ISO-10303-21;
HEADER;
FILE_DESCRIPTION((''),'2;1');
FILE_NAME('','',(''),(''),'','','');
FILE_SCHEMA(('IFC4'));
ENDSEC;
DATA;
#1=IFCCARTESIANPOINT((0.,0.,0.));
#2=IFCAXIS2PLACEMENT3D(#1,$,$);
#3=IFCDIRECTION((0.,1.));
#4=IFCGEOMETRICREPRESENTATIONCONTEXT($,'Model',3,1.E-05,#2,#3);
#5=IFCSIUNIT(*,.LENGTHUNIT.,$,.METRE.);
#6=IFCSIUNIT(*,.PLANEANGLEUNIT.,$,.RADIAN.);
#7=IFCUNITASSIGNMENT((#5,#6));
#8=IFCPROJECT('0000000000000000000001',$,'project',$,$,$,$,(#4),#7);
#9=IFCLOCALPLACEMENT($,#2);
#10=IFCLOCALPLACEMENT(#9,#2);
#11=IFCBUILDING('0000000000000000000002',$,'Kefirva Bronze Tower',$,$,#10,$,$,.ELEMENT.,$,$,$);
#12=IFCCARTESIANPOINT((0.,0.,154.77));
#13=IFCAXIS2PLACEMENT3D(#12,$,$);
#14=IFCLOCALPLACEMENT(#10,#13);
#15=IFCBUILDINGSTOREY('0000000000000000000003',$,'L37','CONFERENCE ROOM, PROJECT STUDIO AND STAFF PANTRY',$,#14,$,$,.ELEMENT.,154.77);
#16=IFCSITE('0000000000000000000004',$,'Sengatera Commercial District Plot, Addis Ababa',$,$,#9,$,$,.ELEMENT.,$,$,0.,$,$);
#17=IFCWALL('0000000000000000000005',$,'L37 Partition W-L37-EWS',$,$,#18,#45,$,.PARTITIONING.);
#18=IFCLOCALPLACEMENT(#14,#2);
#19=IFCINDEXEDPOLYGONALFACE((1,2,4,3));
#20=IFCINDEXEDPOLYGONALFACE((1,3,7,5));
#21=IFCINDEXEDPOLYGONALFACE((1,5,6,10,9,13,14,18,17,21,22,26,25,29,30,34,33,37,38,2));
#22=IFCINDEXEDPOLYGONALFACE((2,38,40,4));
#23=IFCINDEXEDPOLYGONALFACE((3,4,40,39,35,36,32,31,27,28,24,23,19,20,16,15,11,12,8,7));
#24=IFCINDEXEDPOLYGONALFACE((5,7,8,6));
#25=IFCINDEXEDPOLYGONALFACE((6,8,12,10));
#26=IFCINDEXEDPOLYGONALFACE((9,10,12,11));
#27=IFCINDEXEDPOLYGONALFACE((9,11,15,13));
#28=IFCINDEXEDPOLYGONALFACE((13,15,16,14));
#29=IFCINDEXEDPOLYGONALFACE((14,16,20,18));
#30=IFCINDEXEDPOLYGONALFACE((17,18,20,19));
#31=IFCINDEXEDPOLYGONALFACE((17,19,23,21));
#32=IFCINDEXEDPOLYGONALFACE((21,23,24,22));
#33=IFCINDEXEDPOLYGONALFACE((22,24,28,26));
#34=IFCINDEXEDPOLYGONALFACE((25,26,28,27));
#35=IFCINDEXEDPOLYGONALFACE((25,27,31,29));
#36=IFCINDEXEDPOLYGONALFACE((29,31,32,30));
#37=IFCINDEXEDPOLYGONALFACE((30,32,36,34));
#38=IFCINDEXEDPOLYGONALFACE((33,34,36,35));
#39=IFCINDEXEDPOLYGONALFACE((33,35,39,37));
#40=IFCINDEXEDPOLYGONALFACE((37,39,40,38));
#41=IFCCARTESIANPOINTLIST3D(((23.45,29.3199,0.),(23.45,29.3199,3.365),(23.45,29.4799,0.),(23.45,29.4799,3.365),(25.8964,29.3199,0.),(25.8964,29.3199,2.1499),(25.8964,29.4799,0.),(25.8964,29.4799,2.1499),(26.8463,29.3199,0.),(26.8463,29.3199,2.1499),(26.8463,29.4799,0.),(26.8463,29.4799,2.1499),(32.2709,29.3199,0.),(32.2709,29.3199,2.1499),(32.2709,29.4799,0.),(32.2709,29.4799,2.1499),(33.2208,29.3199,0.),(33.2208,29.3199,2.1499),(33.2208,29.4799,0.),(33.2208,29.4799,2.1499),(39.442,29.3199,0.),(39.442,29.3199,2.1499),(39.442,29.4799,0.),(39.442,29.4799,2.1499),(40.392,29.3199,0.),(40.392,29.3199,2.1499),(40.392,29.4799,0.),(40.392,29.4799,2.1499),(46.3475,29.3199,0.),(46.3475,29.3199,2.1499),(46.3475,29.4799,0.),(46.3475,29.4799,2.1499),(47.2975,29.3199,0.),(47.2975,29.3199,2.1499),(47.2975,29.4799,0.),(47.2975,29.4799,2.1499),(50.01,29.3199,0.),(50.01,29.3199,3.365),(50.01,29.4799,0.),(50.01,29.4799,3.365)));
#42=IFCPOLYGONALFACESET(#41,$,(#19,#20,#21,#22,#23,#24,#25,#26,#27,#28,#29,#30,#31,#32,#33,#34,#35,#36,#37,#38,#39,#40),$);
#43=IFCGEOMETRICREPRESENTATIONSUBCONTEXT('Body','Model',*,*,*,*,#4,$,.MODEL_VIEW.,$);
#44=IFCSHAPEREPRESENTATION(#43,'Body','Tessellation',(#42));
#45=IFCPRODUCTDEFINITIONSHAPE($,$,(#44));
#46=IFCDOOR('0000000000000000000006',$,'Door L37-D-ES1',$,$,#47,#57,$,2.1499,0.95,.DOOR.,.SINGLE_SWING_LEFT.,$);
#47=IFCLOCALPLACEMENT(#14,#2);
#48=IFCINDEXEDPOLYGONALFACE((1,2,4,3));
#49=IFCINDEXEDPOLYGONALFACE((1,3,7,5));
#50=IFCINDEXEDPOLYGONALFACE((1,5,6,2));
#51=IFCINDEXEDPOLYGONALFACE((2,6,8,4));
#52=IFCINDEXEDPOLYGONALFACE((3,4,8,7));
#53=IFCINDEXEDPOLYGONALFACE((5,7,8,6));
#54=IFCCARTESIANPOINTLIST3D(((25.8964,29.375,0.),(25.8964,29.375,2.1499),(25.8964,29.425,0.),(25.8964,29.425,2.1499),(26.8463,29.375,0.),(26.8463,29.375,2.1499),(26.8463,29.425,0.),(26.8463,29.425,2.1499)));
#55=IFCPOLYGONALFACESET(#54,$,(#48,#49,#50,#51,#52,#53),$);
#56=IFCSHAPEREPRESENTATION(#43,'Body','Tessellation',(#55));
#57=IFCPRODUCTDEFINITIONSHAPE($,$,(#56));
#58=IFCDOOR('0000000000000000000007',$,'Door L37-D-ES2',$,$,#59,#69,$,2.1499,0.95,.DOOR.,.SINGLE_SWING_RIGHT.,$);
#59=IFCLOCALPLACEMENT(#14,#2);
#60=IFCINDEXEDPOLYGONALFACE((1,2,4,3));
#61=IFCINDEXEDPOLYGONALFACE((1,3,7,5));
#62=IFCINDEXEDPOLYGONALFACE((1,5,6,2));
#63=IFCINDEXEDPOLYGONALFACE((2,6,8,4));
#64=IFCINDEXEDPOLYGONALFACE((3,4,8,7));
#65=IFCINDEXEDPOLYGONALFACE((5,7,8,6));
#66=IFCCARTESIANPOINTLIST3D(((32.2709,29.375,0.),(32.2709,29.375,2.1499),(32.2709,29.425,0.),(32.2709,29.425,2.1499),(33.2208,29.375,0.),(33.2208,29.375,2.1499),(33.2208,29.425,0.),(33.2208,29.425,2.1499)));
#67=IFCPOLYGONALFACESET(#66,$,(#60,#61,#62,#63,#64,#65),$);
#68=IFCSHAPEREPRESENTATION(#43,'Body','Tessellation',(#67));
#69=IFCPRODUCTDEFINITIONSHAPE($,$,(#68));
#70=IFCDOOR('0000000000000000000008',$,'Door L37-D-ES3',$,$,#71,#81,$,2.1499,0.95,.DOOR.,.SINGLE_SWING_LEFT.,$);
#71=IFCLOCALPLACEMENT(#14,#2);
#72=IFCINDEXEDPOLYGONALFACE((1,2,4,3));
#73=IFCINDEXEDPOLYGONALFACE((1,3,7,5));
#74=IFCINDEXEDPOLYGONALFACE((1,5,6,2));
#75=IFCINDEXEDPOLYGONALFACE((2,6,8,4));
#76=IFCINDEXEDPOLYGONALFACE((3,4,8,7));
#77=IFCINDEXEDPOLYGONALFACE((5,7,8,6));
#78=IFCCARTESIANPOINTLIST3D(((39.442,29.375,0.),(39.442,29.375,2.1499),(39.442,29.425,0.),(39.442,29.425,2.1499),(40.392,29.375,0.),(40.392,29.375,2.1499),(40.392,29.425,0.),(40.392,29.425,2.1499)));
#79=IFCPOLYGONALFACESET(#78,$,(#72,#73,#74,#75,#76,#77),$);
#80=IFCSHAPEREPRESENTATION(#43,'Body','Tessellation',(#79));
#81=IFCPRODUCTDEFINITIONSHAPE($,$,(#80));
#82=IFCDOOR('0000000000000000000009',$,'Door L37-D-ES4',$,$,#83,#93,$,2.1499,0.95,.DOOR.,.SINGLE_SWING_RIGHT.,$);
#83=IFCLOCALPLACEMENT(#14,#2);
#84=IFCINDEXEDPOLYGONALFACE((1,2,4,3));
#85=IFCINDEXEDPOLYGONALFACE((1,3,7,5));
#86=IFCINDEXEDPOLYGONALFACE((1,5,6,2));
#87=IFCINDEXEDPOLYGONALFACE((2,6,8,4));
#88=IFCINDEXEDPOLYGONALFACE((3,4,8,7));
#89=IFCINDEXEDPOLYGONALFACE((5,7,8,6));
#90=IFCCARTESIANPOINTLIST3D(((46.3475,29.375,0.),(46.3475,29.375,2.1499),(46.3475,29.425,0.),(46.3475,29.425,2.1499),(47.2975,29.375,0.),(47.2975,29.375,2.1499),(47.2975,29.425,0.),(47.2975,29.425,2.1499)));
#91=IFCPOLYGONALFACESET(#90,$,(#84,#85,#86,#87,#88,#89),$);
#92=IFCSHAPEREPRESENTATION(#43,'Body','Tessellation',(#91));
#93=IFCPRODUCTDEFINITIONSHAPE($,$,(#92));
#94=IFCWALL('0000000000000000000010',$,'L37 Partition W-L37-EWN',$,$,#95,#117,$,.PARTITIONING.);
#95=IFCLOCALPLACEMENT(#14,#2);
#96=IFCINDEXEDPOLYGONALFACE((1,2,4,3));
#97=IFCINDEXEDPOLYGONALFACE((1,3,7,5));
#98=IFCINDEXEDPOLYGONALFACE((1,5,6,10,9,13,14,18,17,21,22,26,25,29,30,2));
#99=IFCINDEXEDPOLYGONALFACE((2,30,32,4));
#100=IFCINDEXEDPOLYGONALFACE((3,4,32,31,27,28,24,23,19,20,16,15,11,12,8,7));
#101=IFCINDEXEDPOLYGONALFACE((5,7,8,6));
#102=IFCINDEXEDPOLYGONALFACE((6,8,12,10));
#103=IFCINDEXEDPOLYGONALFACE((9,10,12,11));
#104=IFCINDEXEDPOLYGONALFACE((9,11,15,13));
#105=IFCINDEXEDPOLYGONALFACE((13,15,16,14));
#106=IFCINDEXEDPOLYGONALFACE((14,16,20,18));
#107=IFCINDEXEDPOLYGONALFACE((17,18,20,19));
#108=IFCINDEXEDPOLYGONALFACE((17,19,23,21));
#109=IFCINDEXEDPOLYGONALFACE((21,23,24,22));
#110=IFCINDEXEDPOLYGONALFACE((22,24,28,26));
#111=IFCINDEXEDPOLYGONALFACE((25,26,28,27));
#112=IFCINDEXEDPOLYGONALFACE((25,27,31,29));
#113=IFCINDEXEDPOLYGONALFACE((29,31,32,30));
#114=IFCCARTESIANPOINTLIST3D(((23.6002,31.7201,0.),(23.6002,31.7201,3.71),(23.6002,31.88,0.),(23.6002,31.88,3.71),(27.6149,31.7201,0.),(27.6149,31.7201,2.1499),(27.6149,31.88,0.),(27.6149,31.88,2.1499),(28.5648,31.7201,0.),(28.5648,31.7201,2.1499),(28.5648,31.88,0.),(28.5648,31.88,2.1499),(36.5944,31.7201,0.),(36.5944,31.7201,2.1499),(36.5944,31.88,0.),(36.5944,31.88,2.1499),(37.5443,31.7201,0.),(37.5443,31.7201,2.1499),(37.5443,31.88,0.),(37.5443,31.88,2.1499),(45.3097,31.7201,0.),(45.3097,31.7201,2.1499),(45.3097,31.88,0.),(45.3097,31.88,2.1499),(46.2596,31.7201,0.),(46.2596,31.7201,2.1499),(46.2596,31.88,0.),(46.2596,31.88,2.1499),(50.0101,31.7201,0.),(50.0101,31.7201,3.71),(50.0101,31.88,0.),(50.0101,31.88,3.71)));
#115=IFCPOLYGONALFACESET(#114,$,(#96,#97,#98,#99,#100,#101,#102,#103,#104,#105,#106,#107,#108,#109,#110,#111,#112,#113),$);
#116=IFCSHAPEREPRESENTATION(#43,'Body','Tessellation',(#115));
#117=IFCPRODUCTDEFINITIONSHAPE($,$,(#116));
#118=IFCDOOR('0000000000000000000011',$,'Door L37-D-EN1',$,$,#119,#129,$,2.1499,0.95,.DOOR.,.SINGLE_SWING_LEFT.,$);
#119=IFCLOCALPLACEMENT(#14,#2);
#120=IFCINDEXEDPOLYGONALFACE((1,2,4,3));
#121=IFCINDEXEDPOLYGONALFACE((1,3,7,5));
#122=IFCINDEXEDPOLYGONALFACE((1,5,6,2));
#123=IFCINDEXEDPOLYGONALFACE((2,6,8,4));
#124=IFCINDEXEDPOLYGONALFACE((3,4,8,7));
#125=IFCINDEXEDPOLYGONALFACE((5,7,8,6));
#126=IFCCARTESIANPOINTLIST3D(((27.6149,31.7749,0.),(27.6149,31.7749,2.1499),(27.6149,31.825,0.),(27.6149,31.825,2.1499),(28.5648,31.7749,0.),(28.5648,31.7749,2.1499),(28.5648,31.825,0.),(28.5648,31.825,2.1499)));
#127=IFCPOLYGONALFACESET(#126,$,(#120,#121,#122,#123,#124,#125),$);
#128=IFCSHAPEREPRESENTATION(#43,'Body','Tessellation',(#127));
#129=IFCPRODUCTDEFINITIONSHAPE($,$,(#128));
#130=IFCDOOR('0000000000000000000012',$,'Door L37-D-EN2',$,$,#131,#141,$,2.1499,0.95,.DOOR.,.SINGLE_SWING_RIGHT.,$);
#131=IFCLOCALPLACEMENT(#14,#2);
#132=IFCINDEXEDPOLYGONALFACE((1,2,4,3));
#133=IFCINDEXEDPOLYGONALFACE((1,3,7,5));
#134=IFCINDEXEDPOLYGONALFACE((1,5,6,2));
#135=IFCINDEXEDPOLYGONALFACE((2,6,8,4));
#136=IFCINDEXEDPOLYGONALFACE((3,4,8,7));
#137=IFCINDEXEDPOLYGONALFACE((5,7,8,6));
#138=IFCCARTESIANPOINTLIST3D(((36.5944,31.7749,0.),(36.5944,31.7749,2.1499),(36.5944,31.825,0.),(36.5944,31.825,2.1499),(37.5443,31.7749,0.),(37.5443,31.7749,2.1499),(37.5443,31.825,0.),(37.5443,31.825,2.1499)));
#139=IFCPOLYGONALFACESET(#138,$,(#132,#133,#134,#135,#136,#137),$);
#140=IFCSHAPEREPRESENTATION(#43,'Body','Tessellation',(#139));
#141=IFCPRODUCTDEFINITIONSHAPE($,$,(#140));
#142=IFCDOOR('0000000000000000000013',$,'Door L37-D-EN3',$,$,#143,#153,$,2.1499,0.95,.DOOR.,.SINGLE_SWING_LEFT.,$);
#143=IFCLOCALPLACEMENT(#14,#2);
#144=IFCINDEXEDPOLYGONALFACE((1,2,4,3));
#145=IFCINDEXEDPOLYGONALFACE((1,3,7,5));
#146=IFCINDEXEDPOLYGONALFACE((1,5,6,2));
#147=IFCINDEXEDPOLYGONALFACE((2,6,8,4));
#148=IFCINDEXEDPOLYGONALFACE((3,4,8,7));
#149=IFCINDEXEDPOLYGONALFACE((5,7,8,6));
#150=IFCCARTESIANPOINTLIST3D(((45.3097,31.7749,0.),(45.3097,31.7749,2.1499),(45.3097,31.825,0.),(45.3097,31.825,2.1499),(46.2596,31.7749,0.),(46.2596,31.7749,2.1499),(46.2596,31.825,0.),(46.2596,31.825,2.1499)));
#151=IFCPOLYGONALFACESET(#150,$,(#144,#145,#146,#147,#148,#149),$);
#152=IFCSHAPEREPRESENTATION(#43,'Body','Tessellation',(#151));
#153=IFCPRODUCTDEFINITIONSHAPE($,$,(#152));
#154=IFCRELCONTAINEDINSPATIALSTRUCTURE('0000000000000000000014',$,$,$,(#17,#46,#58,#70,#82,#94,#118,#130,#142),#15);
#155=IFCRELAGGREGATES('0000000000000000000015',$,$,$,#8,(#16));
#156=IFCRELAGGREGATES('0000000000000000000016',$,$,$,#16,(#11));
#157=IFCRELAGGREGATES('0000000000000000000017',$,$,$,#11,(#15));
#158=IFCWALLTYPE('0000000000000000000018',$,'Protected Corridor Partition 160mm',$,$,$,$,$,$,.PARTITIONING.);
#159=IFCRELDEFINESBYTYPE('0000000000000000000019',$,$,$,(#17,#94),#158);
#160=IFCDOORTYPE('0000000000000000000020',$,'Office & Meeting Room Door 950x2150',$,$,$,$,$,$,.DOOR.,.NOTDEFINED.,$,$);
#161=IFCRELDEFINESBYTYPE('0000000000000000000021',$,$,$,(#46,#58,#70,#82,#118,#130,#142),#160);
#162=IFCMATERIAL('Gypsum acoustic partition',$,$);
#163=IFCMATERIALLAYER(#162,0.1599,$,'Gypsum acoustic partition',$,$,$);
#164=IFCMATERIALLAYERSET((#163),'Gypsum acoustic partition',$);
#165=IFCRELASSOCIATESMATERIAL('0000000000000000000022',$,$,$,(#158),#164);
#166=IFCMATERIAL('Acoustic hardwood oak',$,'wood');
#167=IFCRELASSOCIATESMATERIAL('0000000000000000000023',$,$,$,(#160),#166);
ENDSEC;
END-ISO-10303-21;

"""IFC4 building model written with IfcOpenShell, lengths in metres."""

from ifc_helpers import new_model, si_unit, direction, frame, frame_2d, origin, place, context, subcontext, project, spatial, rectangle, extrude, material, layer, layer_set, type_object, element, fill, save


model = new_model("IFC4")

# Units and contexts
model_context = context("Model", 3, precision=1e-05, world=origin(), true_north=direction((0.0, 1.0)))
body_context = subcontext(model_context, "Body", "Model", "MODEL_VIEW")
ifc_project = project(units=[si_unit("LENGTHUNIT", "METRE"), si_unit("PLANEANGLEUNIT", "RADIAN")], contexts=[model_context])

# Site, building, storey
site_placement = place(None, origin())
site = spatial("IfcSite", under=ifc_project, at=site_placement, Name="Sengatera Commercial District Plot, Addis Ababa", CompositionType="ELEMENT", RefElevation=0.0)
building_placement = place(site_placement, origin())
building = spatial("IfcBuilding", under=site, at=building_placement, Name="Kefirva Bronze Tower", CompositionType="ELEMENT")
storey_placement = place(building_placement, frame((0.0, 0.0, 154.77)))
storey = spatial("IfcBuildingStorey", under=building, at=storey_placement, Name="L37", Description="CONFERENCE ROOM, PROJECT STUDIO AND STAFF PANTRY", CompositionType="ELEMENT", Elevation=154.77)

# Walls, openings, doors
ifc_material_1 = material(Name="Gypsum acoustic partition")
ifc_layer_1 = layer(ifc_material_1, 0.1599, Name="Gypsum acoustic partition")
ifc_layer_set_1 = layer_set([ifc_layer_1], Name="Gypsum acoustic partition")
wall_type_1 = type_object("IfcWallType", Name="Protected Corridor Partition 160mm", PredefinedType="PARTITIONING", material=ifc_layer_set_1)
wall_1_placement = place(storey_placement, frame((23.45, 29.3999, 0.0), z_axis=(0.0, 0.0, 1.0), x_axis=(1.0, 0.0, 0.0)))
wall_1 = element("IfcWall", 1, at=wall_1_placement, inside=storey, type_object=wall_type_1, Name="L37 Partition W-L37-EWS", PredefinedType="PARTITIONING", context=body_context, shape_type="SweptSolid", body=[
    extrude(rectangle(XDim=26.5601, YDim=0.1599, at=frame_2d((13.28, 0.0))), origin(), (0.0, 0.0, 1.0), 3.365),
])
opening_1_placement = place(wall_1_placement, frame((3.3965, 0.0, 0.0), z_axis=(0.0, 0.0, 1.0), x_axis=(-1.0, 0.0, 0.0)))
opening_1 = element("IfcOpeningElement", 2, at=opening_1_placement, cuts=wall_1, PredefinedType="OPENING", context=body_context, shape_type="SweptSolid", body=[
    extrude(rectangle(XDim=0.95, YDim=2.1499, at=frame_2d((0.4751, 1.075))), frame((0.0, 0.0898, 0.0), z_axis=(0.0, -1.0, 0.0), x_axis=(1.0, 0.0, 0.0)), (0.0, 0.0, 1.0), 0.1799),
])
opening_2_placement = place(wall_1_placement, frame((9.771, 0.0, 0.0), z_axis=(0.0, 0.0, 1.0), x_axis=(-1.0, 0.0, 0.0)))
opening_2 = element("IfcOpeningElement", 3, at=opening_2_placement, cuts=wall_1, PredefinedType="OPENING", context=body_context, shape_type="SweptSolid", body=[
    extrude(rectangle(XDim=0.95, YDim=2.1499, at=frame_2d((0.4751, 1.075))), frame((0.0, 0.0898, 0.0), z_axis=(0.0, -1.0, 0.0), x_axis=(1.0, 0.0, 0.0)), (0.0, 0.0, 1.0), 0.1799),
])
opening_3_placement = place(wall_1_placement, frame((16.9421, 0.0, 0.0), z_axis=(0.0, 0.0, 1.0), x_axis=(-1.0, 0.0, 0.0)))
opening_3 = element("IfcOpeningElement", 4, at=opening_3_placement, cuts=wall_1, PredefinedType="OPENING", context=body_context, shape_type="SweptSolid", body=[
    extrude(rectangle(XDim=0.95, YDim=2.1499, at=frame_2d((0.4751, 1.075))), frame((0.0, 0.0898, 0.0), z_axis=(0.0, -1.0, 0.0), x_axis=(1.0, 0.0, 0.0)), (0.0, 0.0, 1.0), 0.1799),
])
opening_4_placement = place(wall_1_placement, frame((23.8477, 0.0, 0.0), z_axis=(0.0, 0.0, 1.0), x_axis=(-1.0, 0.0, 0.0)))
opening_4 = element("IfcOpeningElement", 5, at=opening_4_placement, cuts=wall_1, PredefinedType="OPENING", context=body_context, shape_type="SweptSolid", body=[
    extrude(rectangle(XDim=0.95, YDim=2.1499, at=frame_2d((0.4751, 1.075))), frame((0.0, 0.0898, 0.0), z_axis=(0.0, -1.0, 0.0), x_axis=(1.0, 0.0, 0.0)), (0.0, 0.0, 1.0), 0.1799),
])
ifc_material_2 = material(Name="Acoustic hardwood oak", Category="wood")
door_type_1 = type_object("IfcDoorType", Name="Office & Meeting Room Door 950x2150", OperationType="NOTDEFINED", PredefinedType="DOOR", material=ifc_material_2)
door_1_placement = place(opening_1_placement, origin())
door_1 = element("IfcDoor", 6, at=door_1_placement, inside=storey, type_object=door_type_1, Name="Door L37-D-ES1", OperationType="SINGLE_SWING_LEFT", OverallHeight=2.1499, OverallWidth=0.95, PredefinedType="DOOR", context=body_context, shape_type="SweptSolid", body=[
    extrude(rectangle(XDim=0.95, YDim=2.1499, at=frame_2d((0.4751, 1.075))), frame((0.0, 0.0249, 0.0), z_axis=(0.0, -1.0, 0.0), x_axis=(1.0, 0.0, 0.0)), (0.0, 0.0, 1.0), 0.05),
])
fill(opening_1, door_1)
door_2_placement = place(opening_2_placement, origin())
door_2 = element("IfcDoor", 7, at=door_2_placement, inside=storey, type_object=door_type_1, Name="Door L37-D-ES2", OperationType="SINGLE_SWING_RIGHT", OverallHeight=2.1499, OverallWidth=0.95, PredefinedType="DOOR", context=body_context, shape_type="SweptSolid", body=[
    extrude(rectangle(XDim=0.95, YDim=2.1499, at=frame_2d((0.4751, 1.075))), frame((0.0, 0.0249, 0.0), z_axis=(0.0, -1.0, 0.0), x_axis=(1.0, 0.0, 0.0)), (0.0, 0.0, 1.0), 0.05),
])
fill(opening_2, door_2)
door_3_placement = place(opening_3_placement, origin())
door_3 = element("IfcDoor", 8, at=door_3_placement, inside=storey, type_object=door_type_1, Name="Door L37-D-ES3", OperationType="SINGLE_SWING_LEFT", OverallHeight=2.1499, OverallWidth=0.95, PredefinedType="DOOR", context=body_context, shape_type="SweptSolid", body=[
    extrude(rectangle(XDim=0.95, YDim=2.1499, at=frame_2d((0.4751, 1.075))), frame((0.0, 0.0249, 0.0), z_axis=(0.0, -1.0, 0.0), x_axis=(1.0, 0.0, 0.0)), (0.0, 0.0, 1.0), 0.05),
])
fill(opening_3, door_3)
door_4_placement = place(opening_4_placement, origin())
door_4 = element("IfcDoor", 9, at=door_4_placement, inside=storey, type_object=door_type_1, Name="Door L37-D-ES4", OperationType="SINGLE_SWING_RIGHT", OverallHeight=2.1499, OverallWidth=0.95, PredefinedType="DOOR", context=body_context, shape_type="SweptSolid", body=[
    extrude(rectangle(XDim=0.95, YDim=2.1499, at=frame_2d((0.4751, 1.075))), frame((0.0, 0.0249, 0.0), z_axis=(0.0, -1.0, 0.0), x_axis=(1.0, 0.0, 0.0)), (0.0, 0.0, 1.0), 0.05),
])
fill(opening_4, door_4)
wall_2_placement = place(storey_placement, frame((23.6001, 31.8, 0.0), z_axis=(0.0, 0.0, 1.0), x_axis=(1.0, 0.0, 0.0)))
wall_2 = element("IfcWall", 10, at=wall_2_placement, inside=storey, type_object=wall_type_1, Name="L37 Partition W-L37-EWN", PredefinedType="PARTITIONING", context=body_context, shape_type="SweptSolid", body=[
    extrude(rectangle(XDim=26.4099, YDim=0.1599, at=frame_2d((13.2051, 0.0))), origin(), (0.0, 0.0, 1.0), 3.71),
])
opening_5_placement = place(wall_2_placement, frame((4.0146, 0.0, 0.0)))
opening_5 = element("IfcOpeningElement", 11, at=opening_5_placement, cuts=wall_2, PredefinedType="OPENING", context=body_context, shape_type="SweptSolid", body=[
    extrude(rectangle(XDim=0.95, YDim=2.1499, at=frame_2d((0.4751, 1.075))), frame((0.0, 0.0898, 0.0), z_axis=(0.0, -1.0, 0.0), x_axis=(1.0, 0.0, 0.0)), (0.0, 0.0, 1.0), 0.1799),
])
opening_6_placement = place(wall_2_placement, frame((12.9941, 0.0, 0.0)))
opening_6 = element("IfcOpeningElement", 12, at=opening_6_placement, cuts=wall_2, PredefinedType="OPENING", context=body_context, shape_type="SweptSolid", body=[
    extrude(rectangle(XDim=0.95, YDim=2.1499, at=frame_2d((0.4751, 1.075))), frame((0.0, 0.0898, 0.0), z_axis=(0.0, -1.0, 0.0), x_axis=(1.0, 0.0, 0.0)), (0.0, 0.0, 1.0), 0.1799),
])
opening_7_placement = place(wall_2_placement, frame((21.7095, 0.0, 0.0)))
opening_7 = element("IfcOpeningElement", 13, at=opening_7_placement, cuts=wall_2, PredefinedType="OPENING", context=body_context, shape_type="SweptSolid", body=[
    extrude(rectangle(XDim=0.95, YDim=2.1499, at=frame_2d((0.4751, 1.075))), frame((0.0, 0.0898, 0.0), z_axis=(0.0, -1.0, 0.0), x_axis=(1.0, 0.0, 0.0)), (0.0, 0.0, 1.0), 0.1799),
])
door_5_placement = place(opening_5_placement, origin())
door_5 = element("IfcDoor", 14, at=door_5_placement, inside=storey, type_object=door_type_1, Name="Door L37-D-EN1", OperationType="SINGLE_SWING_LEFT", OverallHeight=2.1499, OverallWidth=0.95, PredefinedType="DOOR", context=body_context, shape_type="SweptSolid", body=[
    extrude(rectangle(XDim=0.95, YDim=2.1499, at=frame_2d((0.4751, 1.075))), frame((0.0, 0.0249, 0.0), z_axis=(0.0, -1.0, 0.0), x_axis=(1.0, 0.0, 0.0)), (0.0, 0.0, 1.0), 0.05),
])
fill(opening_5, door_5)
door_6_placement = place(opening_6_placement, origin())
door_6 = element("IfcDoor", 15, at=door_6_placement, inside=storey, type_object=door_type_1, Name="Door L37-D-EN2", OperationType="SINGLE_SWING_RIGHT", OverallHeight=2.1499, OverallWidth=0.95, PredefinedType="DOOR", context=body_context, shape_type="SweptSolid", body=[
    extrude(rectangle(XDim=0.95, YDim=2.1499, at=frame_2d((0.4751, 1.075))), frame((0.0, 0.0249, 0.0), z_axis=(0.0, -1.0, 0.0), x_axis=(1.0, 0.0, 0.0)), (0.0, 0.0, 1.0), 0.05),
])
fill(opening_6, door_6)
door_7_placement = place(opening_7_placement, origin())
door_7 = element("IfcDoor", 16, at=door_7_placement, inside=storey, type_object=door_type_1, Name="Door L37-D-EN3", OperationType="SINGLE_SWING_LEFT", OverallHeight=2.1499, OverallWidth=0.95, PredefinedType="DOOR", context=body_context, shape_type="SweptSolid", body=[
    extrude(rectangle(XDim=0.95, YDim=2.1499, at=frame_2d((0.4751, 1.075))), frame((0.0, 0.0249, 0.0), z_axis=(0.0, -1.0, 0.0), x_axis=(1.0, 0.0, 0.0)), (0.0, 0.0, 1.0), 0.05),
])
fill(opening_7, door_7)

save(model, "model.ifc")
